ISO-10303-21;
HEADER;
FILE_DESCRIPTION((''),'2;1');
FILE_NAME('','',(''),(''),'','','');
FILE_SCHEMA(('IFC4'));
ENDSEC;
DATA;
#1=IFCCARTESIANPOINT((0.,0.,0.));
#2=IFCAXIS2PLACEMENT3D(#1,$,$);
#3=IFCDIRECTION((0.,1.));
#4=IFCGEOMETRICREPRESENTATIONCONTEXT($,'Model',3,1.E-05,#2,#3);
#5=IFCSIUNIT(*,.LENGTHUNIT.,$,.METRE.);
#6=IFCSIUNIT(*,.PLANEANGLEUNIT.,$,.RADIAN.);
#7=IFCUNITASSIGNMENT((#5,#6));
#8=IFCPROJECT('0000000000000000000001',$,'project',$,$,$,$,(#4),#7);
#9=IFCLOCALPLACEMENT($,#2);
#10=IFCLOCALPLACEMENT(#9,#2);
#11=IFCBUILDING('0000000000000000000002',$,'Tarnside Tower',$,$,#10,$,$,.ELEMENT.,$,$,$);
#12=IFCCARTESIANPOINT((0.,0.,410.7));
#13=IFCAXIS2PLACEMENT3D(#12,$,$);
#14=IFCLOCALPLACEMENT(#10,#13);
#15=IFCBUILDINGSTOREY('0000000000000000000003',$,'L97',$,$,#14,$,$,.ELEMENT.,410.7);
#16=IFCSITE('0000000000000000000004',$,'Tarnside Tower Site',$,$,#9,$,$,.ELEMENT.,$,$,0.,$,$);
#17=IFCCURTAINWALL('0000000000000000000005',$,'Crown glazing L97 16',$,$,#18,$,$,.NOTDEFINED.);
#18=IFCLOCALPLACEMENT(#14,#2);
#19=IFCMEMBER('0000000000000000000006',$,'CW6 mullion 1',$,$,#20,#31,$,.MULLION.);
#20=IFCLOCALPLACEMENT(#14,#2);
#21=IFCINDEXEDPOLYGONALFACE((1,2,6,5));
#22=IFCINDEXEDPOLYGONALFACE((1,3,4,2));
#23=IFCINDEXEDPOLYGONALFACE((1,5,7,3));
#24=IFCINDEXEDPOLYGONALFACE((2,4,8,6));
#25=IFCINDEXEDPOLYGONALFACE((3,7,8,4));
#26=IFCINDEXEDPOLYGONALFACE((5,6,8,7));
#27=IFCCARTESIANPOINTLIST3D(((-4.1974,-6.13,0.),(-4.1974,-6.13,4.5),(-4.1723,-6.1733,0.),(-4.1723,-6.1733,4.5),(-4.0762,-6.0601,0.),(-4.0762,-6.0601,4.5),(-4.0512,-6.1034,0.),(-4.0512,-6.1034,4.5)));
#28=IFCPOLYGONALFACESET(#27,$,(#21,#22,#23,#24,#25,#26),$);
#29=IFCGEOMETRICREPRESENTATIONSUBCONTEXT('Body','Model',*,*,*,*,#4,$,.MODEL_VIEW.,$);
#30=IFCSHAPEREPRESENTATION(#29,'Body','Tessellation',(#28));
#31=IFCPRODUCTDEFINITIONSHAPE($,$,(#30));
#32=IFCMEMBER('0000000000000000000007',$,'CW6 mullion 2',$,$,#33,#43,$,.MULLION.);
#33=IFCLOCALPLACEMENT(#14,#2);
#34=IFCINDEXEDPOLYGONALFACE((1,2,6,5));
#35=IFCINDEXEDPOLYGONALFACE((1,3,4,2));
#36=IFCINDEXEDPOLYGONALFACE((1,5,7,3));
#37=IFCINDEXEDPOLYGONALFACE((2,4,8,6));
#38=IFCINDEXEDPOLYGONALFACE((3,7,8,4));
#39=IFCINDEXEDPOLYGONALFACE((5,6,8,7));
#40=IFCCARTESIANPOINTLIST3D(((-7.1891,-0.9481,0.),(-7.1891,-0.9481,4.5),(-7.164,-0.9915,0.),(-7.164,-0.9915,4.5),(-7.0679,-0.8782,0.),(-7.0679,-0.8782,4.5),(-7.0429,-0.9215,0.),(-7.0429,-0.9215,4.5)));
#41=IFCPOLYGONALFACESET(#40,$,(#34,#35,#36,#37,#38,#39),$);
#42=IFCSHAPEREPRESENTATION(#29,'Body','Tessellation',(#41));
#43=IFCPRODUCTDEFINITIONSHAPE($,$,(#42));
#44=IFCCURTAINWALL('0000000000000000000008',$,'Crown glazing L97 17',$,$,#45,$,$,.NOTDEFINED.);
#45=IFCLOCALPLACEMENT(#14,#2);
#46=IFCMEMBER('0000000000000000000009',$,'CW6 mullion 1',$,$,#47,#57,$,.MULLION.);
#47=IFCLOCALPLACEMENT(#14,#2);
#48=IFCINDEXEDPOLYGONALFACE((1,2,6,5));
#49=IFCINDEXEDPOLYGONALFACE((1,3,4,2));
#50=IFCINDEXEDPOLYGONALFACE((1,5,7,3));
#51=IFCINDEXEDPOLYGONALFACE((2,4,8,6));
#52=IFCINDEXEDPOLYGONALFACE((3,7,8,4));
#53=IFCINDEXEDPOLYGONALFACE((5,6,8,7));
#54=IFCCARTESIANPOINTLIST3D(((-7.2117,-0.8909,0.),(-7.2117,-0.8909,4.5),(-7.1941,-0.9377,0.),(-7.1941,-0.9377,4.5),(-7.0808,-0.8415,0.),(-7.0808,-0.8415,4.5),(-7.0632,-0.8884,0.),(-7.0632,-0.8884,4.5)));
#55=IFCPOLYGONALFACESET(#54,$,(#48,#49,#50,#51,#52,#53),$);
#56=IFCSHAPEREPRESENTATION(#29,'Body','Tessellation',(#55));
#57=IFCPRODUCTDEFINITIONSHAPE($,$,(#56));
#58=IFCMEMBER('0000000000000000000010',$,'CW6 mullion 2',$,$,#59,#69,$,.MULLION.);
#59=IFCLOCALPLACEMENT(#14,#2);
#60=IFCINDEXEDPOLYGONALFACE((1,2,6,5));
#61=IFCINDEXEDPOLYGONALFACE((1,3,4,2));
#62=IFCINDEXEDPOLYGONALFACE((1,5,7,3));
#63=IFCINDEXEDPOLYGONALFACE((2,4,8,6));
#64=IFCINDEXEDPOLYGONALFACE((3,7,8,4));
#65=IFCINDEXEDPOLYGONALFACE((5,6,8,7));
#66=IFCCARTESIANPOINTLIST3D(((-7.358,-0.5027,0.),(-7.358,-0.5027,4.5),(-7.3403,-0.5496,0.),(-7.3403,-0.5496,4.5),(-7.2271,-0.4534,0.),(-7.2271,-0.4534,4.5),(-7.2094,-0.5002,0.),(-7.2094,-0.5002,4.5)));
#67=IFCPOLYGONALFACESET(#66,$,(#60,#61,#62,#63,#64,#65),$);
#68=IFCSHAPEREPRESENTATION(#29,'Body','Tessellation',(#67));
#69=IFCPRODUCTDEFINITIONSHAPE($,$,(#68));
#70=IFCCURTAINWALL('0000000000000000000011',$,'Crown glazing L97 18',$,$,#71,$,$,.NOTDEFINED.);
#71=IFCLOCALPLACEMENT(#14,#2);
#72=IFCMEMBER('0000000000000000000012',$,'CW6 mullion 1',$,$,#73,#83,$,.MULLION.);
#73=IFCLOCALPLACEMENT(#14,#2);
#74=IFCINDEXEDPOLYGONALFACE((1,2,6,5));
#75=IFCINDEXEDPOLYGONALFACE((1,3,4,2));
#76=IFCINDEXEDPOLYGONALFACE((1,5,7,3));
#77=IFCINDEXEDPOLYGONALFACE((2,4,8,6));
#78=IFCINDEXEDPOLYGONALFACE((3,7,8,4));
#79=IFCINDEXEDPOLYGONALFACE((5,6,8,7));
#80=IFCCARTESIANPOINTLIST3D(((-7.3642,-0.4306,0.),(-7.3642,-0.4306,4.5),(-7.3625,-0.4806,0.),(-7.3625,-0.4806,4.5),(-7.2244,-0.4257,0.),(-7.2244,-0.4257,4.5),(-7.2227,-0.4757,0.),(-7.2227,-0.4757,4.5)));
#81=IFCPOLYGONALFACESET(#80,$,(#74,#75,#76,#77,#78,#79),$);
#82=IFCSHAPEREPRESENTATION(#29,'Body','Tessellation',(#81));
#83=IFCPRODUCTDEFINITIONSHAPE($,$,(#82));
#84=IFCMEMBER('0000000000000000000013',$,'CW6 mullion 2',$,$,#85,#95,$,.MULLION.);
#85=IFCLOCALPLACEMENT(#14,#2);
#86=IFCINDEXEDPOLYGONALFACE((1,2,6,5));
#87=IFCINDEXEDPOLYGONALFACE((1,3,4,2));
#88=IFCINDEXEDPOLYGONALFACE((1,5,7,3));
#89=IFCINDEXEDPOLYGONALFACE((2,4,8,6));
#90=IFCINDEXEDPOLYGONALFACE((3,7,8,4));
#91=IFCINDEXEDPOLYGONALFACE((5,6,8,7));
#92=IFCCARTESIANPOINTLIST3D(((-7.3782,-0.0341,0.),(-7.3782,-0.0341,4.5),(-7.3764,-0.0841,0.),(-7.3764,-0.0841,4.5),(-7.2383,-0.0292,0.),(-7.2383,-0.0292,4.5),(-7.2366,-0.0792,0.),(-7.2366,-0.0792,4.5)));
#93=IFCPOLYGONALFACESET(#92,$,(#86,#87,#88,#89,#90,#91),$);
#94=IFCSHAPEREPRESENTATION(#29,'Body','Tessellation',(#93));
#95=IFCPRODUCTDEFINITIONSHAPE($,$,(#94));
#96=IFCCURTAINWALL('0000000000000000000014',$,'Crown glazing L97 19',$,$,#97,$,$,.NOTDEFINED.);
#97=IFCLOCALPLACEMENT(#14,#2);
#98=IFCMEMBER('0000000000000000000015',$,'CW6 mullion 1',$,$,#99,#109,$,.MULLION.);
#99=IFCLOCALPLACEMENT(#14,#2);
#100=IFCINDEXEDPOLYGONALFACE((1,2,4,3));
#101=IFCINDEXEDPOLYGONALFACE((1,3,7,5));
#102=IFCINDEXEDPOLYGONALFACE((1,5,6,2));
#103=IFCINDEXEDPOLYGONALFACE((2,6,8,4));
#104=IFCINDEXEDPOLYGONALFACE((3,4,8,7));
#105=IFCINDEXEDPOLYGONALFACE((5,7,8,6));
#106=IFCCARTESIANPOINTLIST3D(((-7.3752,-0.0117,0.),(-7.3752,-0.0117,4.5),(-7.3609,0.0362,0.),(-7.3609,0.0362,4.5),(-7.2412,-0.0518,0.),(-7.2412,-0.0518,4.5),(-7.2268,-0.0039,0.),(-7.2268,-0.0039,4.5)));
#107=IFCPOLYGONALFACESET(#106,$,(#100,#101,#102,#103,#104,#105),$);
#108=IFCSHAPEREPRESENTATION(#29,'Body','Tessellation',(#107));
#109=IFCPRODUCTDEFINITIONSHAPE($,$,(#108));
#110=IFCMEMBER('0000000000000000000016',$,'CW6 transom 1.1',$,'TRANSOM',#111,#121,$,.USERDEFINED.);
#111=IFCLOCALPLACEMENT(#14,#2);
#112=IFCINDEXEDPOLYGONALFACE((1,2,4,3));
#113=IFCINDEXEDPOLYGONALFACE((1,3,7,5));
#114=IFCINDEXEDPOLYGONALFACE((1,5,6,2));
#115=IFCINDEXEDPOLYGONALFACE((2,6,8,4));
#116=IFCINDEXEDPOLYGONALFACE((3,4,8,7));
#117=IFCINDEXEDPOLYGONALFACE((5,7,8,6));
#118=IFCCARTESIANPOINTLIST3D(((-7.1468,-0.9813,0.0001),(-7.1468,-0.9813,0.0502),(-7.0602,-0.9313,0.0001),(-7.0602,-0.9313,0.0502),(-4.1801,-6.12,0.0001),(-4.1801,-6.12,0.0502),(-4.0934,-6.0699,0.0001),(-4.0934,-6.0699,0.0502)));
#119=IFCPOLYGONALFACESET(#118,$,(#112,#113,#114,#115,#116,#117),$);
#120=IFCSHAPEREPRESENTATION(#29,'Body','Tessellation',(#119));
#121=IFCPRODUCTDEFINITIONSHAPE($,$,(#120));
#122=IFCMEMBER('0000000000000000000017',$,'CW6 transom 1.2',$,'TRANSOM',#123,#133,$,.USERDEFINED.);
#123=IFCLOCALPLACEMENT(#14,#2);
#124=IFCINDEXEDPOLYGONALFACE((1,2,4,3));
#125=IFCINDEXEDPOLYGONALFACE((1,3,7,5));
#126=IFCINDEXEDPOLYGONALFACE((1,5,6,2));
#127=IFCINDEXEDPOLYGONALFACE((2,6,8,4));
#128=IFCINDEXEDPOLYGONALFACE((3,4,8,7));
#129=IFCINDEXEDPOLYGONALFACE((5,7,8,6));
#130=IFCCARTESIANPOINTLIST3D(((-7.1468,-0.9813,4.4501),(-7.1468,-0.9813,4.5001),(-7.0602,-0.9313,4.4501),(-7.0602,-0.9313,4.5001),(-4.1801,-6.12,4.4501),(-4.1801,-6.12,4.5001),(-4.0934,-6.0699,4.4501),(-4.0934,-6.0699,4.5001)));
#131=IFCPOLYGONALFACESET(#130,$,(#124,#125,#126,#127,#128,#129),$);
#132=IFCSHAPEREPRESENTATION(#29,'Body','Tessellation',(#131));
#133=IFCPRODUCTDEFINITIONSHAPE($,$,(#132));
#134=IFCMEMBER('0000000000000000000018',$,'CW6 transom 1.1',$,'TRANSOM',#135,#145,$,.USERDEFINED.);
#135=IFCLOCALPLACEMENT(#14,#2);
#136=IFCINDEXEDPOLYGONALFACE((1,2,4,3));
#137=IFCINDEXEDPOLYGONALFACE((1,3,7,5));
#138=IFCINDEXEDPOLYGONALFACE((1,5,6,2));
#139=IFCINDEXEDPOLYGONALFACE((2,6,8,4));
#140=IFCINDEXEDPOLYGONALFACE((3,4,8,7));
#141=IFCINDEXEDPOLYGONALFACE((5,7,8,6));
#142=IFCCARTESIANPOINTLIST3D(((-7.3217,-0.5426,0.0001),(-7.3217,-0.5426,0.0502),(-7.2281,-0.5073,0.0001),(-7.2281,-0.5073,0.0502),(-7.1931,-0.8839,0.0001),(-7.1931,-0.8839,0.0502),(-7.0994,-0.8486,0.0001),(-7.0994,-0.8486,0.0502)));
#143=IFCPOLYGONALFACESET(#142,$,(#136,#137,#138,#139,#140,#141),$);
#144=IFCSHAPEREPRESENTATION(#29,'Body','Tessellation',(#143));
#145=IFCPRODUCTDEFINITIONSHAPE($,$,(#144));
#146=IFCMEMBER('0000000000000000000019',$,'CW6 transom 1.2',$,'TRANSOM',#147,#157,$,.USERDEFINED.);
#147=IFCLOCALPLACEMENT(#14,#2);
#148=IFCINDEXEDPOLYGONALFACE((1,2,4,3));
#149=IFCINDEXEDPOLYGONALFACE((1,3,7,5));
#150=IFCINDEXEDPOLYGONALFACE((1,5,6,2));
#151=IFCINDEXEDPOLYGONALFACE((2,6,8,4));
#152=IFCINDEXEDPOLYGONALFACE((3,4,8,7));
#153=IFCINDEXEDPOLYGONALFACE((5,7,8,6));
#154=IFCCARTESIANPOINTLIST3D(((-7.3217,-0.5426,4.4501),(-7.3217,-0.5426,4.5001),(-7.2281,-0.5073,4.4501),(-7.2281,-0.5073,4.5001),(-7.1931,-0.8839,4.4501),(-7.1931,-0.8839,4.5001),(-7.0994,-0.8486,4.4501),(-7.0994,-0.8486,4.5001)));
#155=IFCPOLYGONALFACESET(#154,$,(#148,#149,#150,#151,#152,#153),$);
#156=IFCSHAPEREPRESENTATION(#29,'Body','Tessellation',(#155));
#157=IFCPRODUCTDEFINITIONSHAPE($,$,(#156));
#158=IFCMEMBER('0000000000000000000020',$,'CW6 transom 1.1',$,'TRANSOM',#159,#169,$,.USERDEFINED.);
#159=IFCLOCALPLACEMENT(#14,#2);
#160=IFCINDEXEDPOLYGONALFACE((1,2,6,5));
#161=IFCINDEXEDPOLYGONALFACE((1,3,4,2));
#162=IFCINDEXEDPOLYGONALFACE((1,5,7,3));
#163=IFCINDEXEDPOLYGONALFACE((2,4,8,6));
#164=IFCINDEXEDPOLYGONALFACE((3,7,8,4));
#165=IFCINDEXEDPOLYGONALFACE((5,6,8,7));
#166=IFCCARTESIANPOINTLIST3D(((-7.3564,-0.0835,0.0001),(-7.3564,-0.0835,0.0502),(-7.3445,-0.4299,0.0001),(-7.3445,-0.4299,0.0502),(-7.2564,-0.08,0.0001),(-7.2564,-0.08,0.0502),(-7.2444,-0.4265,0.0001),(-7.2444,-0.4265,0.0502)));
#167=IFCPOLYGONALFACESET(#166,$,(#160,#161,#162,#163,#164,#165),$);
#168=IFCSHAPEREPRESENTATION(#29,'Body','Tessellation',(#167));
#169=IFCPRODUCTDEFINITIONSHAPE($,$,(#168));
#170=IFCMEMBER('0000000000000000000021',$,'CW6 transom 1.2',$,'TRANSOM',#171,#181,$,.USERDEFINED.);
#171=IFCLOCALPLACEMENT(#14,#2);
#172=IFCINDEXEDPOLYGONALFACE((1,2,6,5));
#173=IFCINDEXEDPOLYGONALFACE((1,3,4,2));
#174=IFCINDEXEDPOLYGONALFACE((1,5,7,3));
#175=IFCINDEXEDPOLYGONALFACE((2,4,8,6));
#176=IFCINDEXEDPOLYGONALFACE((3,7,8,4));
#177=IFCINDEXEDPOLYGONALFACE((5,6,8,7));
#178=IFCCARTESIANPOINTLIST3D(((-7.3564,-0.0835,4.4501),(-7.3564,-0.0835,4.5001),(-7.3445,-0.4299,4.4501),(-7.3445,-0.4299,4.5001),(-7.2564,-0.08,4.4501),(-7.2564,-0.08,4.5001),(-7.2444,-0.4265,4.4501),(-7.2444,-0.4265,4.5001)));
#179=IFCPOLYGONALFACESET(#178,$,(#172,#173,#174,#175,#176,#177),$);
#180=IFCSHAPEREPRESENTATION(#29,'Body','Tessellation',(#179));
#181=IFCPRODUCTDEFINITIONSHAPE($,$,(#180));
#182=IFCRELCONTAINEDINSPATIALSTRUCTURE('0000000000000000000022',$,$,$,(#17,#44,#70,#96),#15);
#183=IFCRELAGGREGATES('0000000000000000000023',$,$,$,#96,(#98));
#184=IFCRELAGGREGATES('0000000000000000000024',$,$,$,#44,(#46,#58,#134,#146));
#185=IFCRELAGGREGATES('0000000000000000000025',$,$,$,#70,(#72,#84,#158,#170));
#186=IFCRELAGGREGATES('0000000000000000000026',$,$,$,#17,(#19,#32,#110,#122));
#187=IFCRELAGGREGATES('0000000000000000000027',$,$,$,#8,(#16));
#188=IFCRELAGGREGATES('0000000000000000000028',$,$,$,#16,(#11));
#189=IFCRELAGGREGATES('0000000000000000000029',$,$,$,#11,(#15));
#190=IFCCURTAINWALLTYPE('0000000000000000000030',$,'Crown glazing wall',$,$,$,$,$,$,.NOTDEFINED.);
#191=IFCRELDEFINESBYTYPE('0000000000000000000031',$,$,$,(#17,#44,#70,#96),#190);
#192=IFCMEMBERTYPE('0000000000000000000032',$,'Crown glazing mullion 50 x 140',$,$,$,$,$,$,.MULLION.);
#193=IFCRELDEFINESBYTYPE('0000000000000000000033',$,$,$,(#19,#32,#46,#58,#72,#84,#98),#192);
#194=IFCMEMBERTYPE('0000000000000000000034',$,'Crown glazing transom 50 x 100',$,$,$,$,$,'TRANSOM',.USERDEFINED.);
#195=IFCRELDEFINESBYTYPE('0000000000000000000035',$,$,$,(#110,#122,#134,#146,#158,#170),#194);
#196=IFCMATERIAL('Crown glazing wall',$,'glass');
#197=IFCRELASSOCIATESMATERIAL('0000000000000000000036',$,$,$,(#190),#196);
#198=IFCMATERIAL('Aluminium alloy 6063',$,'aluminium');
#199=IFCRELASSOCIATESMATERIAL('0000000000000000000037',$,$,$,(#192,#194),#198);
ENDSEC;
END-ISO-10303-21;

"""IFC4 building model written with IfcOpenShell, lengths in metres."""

from ifc_helpers import new_model, si_unit, direction, frame, origin, origin_2d, place, context, subcontext, project, spatial, rectangle, extrude, material, material_profile, profile_set, type_object, element, aggregate, save


model = new_model("IFC4")

# Units and contexts
model_context = context("Model", 3, precision=1e-05, world=origin(), true_north=direction((0.0, 1.0)))
body_context = subcontext(model_context, "Body", "Model", "MODEL_VIEW")
ifc_project = project(units=[si_unit("LENGTHUNIT", "METRE"), si_unit("PLANEANGLEUNIT", "RADIAN")], contexts=[model_context])

# Site, building, storey
site_placement = place(None, origin())
site = spatial("IfcSite", under=ifc_project, at=site_placement, Name="Tarnside Tower Site", CompositionType="ELEMENT", RefElevation=0.0)
building_placement = place(site_placement, origin())
building = spatial("IfcBuilding", under=site, at=building_placement, Name="Tarnside Tower", CompositionType="ELEMENT")
storey_placement = place(building_placement, frame((0.0, 0.0, 410.7)))
storey = spatial("IfcBuildingStorey", under=building, at=storey_placement, Name="L97", CompositionType="ELEMENT", Elevation=410.7)

# Curtain walls, members
ifc_material_1 = material(Name="Crown glazing wall", Category="glass")
curtain_wall_type_1 = type_object("IfcCurtainWallType", Name="Crown glazing wall", PredefinedType="NOTDEFINED", material=ifc_material_1)
curtain_wall_1_placement = place(storey_placement, origin())
curtain_wall_1 = element("IfcCurtainWall", 1, at=curtain_wall_1_placement, inside=storey, type_object=curtain_wall_type_1, Name="Crown glazing L97 16", PredefinedType="NOTDEFINED")
ifc_material_2 = material(Name="Aluminium alloy 6063", Category="aluminium")
ifc_material_profile_1 = material_profile(ifc_material_2, rectangle(XDim=0.1399, YDim=0.05, at=origin_2d()), Name="Crown glazing mullion 50 x 140")
ifc_profile_set_1 = profile_set([ifc_material_profile_1], Name="Aluminium alloy 6063")
member_type_1 = type_object("IfcMemberType", Name="Crown glazing mullion 50 x 140", PredefinedType="MULLION", material=ifc_profile_set_1)
member_1_placement = place(storey_placement, frame((-4.1243, -6.1167, 0.0), z_axis=(0.0, 0.0, 1.0), x_axis=(-0.866025, -0.5, 0.0)))
member_1 = element("IfcMember", 2, at=member_1_placement, type_object=member_type_1, Name="CW6 mullion 1", PredefinedType="MULLION", context=body_context, shape_type="SweptSolid", body=[
    extrude(rectangle(XDim=0.1399, YDim=0.05, at=origin_2d()), origin(), (0.0, 0.0, 1.0), 4.5),
])
member_2_placement = place(storey_placement, frame((-7.116, -0.9348, 0.0), z_axis=(0.0, 0.0, 1.0), x_axis=(-0.866025, -0.5, 0.0)))
member_2 = element("IfcMember", 3, at=member_2_placement, type_object=member_type_1, Name="CW6 mullion 2", PredefinedType="MULLION", context=body_context, shape_type="SweptSolid", body=[
    extrude(rectangle(XDim=0.1399, YDim=0.05, at=origin_2d()), origin(), (0.0, 0.0, 1.0), 4.5),
])
curtain_wall_2_placement = place(storey_placement, origin())
curtain_wall_2 = element("IfcCurtainWall", 4, at=curtain_wall_2_placement, inside=storey, type_object=curtain_wall_type_1, Name="Crown glazing L97 17", PredefinedType="NOTDEFINED")
member_3_placement = place(storey_placement, frame((-7.1375, -0.8896, 0.0), z_axis=(0.0, 0.0, 1.0), x_axis=(-0.93565, -0.352931, 0.0)))
member_3 = element("IfcMember", 5, at=member_3_placement, type_object=member_type_1, Name="CW6 mullion 1", PredefinedType="MULLION", context=body_context, shape_type="SweptSolid", body=[
    extrude(rectangle(XDim=0.1399, YDim=0.05, at=origin_2d()), origin(), (0.0, 0.0, 1.0), 4.5),
])
member_4_placement = place(storey_placement, frame((-7.2837, -0.5015, 0.0), z_axis=(0.0, 0.0, 1.0), x_axis=(-0.93565, -0.352931, 0.0)))
member_4 = element("IfcMember", 6, at=member_4_placement, type_object=member_type_1, Name="CW6 mullion 2", PredefinedType="MULLION", context=body_context, shape_type="SweptSolid", body=[
    extrude(rectangle(XDim=0.1399, YDim=0.05, at=origin_2d()), origin(), (0.0, 0.0, 1.0), 4.5),
])
curtain_wall_3_placement = place(storey_placement, origin())
curtain_wall_3 = element("IfcCurtainWall", 7, at=curtain_wall_3_placement, inside=storey, type_object=curtain_wall_type_1, Name="Crown glazing L97 18", PredefinedType="NOTDEFINED")
member_5_placement = place(storey_placement, frame((-7.2935, -0.4531, 0.0), z_axis=(0.0, 0.0, 1.0), x_axis=(-0.999391, -0.034899, 0.0)))
member_5 = element("IfcMember", 8, at=member_5_placement, type_object=member_type_1, Name="CW6 mullion 1", PredefinedType="MULLION", context=body_context, shape_type="SweptSolid", body=[
    extrude(rectangle(XDim=0.1399, YDim=0.05, at=origin_2d()), origin(), (0.0, 0.0, 1.0), 4.5),
])
member_6_placement = place(storey_placement, frame((-7.3074, -0.0566, 0.0), z_axis=(0.0, 0.0, 1.0), x_axis=(-0.999391, -0.034899, 0.0)))
member_6 = element("IfcMember", 9, at=member_6_placement, type_object=member_type_1, Name="CW6 mullion 2", PredefinedType="MULLION", context=body_context, shape_type="SweptSolid", body=[
    extrude(rectangle(XDim=0.1399, YDim=0.05, at=origin_2d()), origin(), (0.0, 0.0, 1.0), 4.5),
])

# Curtain wall, member
curtain_wall_4_placement = place(storey_placement, origin())
curtain_wall_4 = element("IfcCurtainWall", 10, at=curtain_wall_4_placement, inside=storey, type_object=curtain_wall_type_1, Name="Crown glazing L97 19", PredefinedType="NOTDEFINED")
member_7_placement = place(storey_placement, frame((-7.301, -0.0078, 0.0), z_axis=(0.0, 0.0, 1.0), x_axis=(-0.95799, 0.286803, 0.0)))
member_7 = element("IfcMember", 11, at=member_7_placement, type_object=member_type_1, Name="CW6 mullion 1", PredefinedType="MULLION", context=body_context, shape_type="SweptSolid", body=[
    extrude(rectangle(XDim=0.1399, YDim=0.05, at=origin_2d()), origin(), (0.0, 0.0, 1.0), 4.5),
])
aggregate(curtain_wall_4, [member_7])

# Members
ifc_material_profile_2 = material_profile(ifc_material_2, rectangle(XDim=0.1001, YDim=0.05, at=origin_2d()), Name="Crown glazing transom 50 x 100")
ifc_profile_set_2 = profile_set([ifc_material_profile_2], Name="Aluminium alloy 6063")
member_type_2 = type_object("IfcMemberType", Name="Crown glazing transom 50 x 100", ElementType="TRANSOM", PredefinedType="USERDEFINED", material=ifc_profile_set_2)
member_8_placement = place(storey_placement, frame((-4.1367, -6.095, 0.0251), z_axis=(-0.499998, 0.866027, 0.0), x_axis=(-0.866027, -0.499998, 0.0)))
member_8 = element("IfcMember", 12, at=member_8_placement, type_object=member_type_2, Name="CW6 transom 1.1", ObjectType="TRANSOM", PredefinedType="USERDEFINED", context=body_context, shape_type="SweptSolid", body=[
    extrude(rectangle(XDim=0.1001, YDim=0.05, at=origin_2d()), origin(), (0.0, 0.0, 1.0), 5.9336),
])
member_9_placement = place(storey_placement, frame((-4.1367, -6.095, 4.4751), z_axis=(-0.499998, 0.866027, 0.0), x_axis=(-0.866027, -0.499998, 0.0)))
member_9 = element("IfcMember", 13, at=member_9_placement, type_object=member_type_2, Name="CW6 transom 1.2", ObjectType="TRANSOM", PredefinedType="USERDEFINED", context=body_context, shape_type="SweptSolid", body=[
    extrude(rectangle(XDim=0.1001, YDim=0.05, at=origin_2d()), origin(), (0.0, 0.0, 1.0), 5.9336),
])
member_10_placement = place(storey_placement, frame((-7.1462, -0.8662, 0.0251), z_axis=(-0.352737, 0.935723, 0.0), x_axis=(-0.935723, -0.352737, 0.0)))
member_10 = element("IfcMember", 14, at=member_10_placement, type_object=member_type_2, Name="CW6 transom 1.1", ObjectType="TRANSOM", PredefinedType="USERDEFINED", context=body_context, shape_type="SweptSolid", body=[
    extrude(rectangle(XDim=0.1001, YDim=0.05, at=origin_2d()), origin(), (0.0, 0.0, 1.0), 0.3647),
])
member_11_placement = place(storey_placement, frame((-7.1462, -0.8662, 4.4751), z_axis=(-0.352737, 0.935723, 0.0), x_axis=(-0.935723, -0.352737, 0.0)))
member_11 = element("IfcMember", 15, at=member_11_placement, type_object=member_type_2, Name="CW6 transom 1.2", ObjectType="TRANSOM", PredefinedType="USERDEFINED", context=body_context, shape_type="SweptSolid", body=[
    extrude(rectangle(XDim=0.1001, YDim=0.05, at=origin_2d()), origin(), (0.0, 0.0, 1.0), 0.3647),
])
member_12_placement = place(storey_placement, frame((-7.2944, -0.4282, 0.0251), z_axis=(-0.034511, 0.999404, 0.0), x_axis=(-0.999404, -0.034511, 0.0)))
member_12 = element("IfcMember", 16, at=member_12_placement, type_object=member_type_2, Name="CW6 transom 1.1", ObjectType="TRANSOM", PredefinedType="USERDEFINED", context=body_context, shape_type="SweptSolid", body=[
    extrude(rectangle(XDim=0.1001, YDim=0.05, at=origin_2d()), origin(), (0.0, 0.0, 1.0), 0.3467),
])
member_13_placement = place(storey_placement, frame((-7.2944, -0.4282, 4.4751), z_axis=(-0.034511, 0.999404, 0.0), x_axis=(-0.999404, -0.034511, 0.0)))
member_13 = element("IfcMember", 17, at=member_13_placement, type_object=member_type_2, Name="CW6 transom 1.2", ObjectType="TRANSOM", PredefinedType="USERDEFINED", context=body_context, shape_type="SweptSolid", body=[
    extrude(rectangle(XDim=0.1001, YDim=0.05, at=origin_2d()), origin(), (0.0, 0.0, 1.0), 0.3467),
])

aggregate(curtain_wall_2, [member_3, member_4, member_10, member_11])
aggregate(curtain_wall_3, [member_5, member_6, member_12, member_13])
aggregate(curtain_wall_1, [member_1, member_2, member_8, member_9])

save(model, "model.ifc")
